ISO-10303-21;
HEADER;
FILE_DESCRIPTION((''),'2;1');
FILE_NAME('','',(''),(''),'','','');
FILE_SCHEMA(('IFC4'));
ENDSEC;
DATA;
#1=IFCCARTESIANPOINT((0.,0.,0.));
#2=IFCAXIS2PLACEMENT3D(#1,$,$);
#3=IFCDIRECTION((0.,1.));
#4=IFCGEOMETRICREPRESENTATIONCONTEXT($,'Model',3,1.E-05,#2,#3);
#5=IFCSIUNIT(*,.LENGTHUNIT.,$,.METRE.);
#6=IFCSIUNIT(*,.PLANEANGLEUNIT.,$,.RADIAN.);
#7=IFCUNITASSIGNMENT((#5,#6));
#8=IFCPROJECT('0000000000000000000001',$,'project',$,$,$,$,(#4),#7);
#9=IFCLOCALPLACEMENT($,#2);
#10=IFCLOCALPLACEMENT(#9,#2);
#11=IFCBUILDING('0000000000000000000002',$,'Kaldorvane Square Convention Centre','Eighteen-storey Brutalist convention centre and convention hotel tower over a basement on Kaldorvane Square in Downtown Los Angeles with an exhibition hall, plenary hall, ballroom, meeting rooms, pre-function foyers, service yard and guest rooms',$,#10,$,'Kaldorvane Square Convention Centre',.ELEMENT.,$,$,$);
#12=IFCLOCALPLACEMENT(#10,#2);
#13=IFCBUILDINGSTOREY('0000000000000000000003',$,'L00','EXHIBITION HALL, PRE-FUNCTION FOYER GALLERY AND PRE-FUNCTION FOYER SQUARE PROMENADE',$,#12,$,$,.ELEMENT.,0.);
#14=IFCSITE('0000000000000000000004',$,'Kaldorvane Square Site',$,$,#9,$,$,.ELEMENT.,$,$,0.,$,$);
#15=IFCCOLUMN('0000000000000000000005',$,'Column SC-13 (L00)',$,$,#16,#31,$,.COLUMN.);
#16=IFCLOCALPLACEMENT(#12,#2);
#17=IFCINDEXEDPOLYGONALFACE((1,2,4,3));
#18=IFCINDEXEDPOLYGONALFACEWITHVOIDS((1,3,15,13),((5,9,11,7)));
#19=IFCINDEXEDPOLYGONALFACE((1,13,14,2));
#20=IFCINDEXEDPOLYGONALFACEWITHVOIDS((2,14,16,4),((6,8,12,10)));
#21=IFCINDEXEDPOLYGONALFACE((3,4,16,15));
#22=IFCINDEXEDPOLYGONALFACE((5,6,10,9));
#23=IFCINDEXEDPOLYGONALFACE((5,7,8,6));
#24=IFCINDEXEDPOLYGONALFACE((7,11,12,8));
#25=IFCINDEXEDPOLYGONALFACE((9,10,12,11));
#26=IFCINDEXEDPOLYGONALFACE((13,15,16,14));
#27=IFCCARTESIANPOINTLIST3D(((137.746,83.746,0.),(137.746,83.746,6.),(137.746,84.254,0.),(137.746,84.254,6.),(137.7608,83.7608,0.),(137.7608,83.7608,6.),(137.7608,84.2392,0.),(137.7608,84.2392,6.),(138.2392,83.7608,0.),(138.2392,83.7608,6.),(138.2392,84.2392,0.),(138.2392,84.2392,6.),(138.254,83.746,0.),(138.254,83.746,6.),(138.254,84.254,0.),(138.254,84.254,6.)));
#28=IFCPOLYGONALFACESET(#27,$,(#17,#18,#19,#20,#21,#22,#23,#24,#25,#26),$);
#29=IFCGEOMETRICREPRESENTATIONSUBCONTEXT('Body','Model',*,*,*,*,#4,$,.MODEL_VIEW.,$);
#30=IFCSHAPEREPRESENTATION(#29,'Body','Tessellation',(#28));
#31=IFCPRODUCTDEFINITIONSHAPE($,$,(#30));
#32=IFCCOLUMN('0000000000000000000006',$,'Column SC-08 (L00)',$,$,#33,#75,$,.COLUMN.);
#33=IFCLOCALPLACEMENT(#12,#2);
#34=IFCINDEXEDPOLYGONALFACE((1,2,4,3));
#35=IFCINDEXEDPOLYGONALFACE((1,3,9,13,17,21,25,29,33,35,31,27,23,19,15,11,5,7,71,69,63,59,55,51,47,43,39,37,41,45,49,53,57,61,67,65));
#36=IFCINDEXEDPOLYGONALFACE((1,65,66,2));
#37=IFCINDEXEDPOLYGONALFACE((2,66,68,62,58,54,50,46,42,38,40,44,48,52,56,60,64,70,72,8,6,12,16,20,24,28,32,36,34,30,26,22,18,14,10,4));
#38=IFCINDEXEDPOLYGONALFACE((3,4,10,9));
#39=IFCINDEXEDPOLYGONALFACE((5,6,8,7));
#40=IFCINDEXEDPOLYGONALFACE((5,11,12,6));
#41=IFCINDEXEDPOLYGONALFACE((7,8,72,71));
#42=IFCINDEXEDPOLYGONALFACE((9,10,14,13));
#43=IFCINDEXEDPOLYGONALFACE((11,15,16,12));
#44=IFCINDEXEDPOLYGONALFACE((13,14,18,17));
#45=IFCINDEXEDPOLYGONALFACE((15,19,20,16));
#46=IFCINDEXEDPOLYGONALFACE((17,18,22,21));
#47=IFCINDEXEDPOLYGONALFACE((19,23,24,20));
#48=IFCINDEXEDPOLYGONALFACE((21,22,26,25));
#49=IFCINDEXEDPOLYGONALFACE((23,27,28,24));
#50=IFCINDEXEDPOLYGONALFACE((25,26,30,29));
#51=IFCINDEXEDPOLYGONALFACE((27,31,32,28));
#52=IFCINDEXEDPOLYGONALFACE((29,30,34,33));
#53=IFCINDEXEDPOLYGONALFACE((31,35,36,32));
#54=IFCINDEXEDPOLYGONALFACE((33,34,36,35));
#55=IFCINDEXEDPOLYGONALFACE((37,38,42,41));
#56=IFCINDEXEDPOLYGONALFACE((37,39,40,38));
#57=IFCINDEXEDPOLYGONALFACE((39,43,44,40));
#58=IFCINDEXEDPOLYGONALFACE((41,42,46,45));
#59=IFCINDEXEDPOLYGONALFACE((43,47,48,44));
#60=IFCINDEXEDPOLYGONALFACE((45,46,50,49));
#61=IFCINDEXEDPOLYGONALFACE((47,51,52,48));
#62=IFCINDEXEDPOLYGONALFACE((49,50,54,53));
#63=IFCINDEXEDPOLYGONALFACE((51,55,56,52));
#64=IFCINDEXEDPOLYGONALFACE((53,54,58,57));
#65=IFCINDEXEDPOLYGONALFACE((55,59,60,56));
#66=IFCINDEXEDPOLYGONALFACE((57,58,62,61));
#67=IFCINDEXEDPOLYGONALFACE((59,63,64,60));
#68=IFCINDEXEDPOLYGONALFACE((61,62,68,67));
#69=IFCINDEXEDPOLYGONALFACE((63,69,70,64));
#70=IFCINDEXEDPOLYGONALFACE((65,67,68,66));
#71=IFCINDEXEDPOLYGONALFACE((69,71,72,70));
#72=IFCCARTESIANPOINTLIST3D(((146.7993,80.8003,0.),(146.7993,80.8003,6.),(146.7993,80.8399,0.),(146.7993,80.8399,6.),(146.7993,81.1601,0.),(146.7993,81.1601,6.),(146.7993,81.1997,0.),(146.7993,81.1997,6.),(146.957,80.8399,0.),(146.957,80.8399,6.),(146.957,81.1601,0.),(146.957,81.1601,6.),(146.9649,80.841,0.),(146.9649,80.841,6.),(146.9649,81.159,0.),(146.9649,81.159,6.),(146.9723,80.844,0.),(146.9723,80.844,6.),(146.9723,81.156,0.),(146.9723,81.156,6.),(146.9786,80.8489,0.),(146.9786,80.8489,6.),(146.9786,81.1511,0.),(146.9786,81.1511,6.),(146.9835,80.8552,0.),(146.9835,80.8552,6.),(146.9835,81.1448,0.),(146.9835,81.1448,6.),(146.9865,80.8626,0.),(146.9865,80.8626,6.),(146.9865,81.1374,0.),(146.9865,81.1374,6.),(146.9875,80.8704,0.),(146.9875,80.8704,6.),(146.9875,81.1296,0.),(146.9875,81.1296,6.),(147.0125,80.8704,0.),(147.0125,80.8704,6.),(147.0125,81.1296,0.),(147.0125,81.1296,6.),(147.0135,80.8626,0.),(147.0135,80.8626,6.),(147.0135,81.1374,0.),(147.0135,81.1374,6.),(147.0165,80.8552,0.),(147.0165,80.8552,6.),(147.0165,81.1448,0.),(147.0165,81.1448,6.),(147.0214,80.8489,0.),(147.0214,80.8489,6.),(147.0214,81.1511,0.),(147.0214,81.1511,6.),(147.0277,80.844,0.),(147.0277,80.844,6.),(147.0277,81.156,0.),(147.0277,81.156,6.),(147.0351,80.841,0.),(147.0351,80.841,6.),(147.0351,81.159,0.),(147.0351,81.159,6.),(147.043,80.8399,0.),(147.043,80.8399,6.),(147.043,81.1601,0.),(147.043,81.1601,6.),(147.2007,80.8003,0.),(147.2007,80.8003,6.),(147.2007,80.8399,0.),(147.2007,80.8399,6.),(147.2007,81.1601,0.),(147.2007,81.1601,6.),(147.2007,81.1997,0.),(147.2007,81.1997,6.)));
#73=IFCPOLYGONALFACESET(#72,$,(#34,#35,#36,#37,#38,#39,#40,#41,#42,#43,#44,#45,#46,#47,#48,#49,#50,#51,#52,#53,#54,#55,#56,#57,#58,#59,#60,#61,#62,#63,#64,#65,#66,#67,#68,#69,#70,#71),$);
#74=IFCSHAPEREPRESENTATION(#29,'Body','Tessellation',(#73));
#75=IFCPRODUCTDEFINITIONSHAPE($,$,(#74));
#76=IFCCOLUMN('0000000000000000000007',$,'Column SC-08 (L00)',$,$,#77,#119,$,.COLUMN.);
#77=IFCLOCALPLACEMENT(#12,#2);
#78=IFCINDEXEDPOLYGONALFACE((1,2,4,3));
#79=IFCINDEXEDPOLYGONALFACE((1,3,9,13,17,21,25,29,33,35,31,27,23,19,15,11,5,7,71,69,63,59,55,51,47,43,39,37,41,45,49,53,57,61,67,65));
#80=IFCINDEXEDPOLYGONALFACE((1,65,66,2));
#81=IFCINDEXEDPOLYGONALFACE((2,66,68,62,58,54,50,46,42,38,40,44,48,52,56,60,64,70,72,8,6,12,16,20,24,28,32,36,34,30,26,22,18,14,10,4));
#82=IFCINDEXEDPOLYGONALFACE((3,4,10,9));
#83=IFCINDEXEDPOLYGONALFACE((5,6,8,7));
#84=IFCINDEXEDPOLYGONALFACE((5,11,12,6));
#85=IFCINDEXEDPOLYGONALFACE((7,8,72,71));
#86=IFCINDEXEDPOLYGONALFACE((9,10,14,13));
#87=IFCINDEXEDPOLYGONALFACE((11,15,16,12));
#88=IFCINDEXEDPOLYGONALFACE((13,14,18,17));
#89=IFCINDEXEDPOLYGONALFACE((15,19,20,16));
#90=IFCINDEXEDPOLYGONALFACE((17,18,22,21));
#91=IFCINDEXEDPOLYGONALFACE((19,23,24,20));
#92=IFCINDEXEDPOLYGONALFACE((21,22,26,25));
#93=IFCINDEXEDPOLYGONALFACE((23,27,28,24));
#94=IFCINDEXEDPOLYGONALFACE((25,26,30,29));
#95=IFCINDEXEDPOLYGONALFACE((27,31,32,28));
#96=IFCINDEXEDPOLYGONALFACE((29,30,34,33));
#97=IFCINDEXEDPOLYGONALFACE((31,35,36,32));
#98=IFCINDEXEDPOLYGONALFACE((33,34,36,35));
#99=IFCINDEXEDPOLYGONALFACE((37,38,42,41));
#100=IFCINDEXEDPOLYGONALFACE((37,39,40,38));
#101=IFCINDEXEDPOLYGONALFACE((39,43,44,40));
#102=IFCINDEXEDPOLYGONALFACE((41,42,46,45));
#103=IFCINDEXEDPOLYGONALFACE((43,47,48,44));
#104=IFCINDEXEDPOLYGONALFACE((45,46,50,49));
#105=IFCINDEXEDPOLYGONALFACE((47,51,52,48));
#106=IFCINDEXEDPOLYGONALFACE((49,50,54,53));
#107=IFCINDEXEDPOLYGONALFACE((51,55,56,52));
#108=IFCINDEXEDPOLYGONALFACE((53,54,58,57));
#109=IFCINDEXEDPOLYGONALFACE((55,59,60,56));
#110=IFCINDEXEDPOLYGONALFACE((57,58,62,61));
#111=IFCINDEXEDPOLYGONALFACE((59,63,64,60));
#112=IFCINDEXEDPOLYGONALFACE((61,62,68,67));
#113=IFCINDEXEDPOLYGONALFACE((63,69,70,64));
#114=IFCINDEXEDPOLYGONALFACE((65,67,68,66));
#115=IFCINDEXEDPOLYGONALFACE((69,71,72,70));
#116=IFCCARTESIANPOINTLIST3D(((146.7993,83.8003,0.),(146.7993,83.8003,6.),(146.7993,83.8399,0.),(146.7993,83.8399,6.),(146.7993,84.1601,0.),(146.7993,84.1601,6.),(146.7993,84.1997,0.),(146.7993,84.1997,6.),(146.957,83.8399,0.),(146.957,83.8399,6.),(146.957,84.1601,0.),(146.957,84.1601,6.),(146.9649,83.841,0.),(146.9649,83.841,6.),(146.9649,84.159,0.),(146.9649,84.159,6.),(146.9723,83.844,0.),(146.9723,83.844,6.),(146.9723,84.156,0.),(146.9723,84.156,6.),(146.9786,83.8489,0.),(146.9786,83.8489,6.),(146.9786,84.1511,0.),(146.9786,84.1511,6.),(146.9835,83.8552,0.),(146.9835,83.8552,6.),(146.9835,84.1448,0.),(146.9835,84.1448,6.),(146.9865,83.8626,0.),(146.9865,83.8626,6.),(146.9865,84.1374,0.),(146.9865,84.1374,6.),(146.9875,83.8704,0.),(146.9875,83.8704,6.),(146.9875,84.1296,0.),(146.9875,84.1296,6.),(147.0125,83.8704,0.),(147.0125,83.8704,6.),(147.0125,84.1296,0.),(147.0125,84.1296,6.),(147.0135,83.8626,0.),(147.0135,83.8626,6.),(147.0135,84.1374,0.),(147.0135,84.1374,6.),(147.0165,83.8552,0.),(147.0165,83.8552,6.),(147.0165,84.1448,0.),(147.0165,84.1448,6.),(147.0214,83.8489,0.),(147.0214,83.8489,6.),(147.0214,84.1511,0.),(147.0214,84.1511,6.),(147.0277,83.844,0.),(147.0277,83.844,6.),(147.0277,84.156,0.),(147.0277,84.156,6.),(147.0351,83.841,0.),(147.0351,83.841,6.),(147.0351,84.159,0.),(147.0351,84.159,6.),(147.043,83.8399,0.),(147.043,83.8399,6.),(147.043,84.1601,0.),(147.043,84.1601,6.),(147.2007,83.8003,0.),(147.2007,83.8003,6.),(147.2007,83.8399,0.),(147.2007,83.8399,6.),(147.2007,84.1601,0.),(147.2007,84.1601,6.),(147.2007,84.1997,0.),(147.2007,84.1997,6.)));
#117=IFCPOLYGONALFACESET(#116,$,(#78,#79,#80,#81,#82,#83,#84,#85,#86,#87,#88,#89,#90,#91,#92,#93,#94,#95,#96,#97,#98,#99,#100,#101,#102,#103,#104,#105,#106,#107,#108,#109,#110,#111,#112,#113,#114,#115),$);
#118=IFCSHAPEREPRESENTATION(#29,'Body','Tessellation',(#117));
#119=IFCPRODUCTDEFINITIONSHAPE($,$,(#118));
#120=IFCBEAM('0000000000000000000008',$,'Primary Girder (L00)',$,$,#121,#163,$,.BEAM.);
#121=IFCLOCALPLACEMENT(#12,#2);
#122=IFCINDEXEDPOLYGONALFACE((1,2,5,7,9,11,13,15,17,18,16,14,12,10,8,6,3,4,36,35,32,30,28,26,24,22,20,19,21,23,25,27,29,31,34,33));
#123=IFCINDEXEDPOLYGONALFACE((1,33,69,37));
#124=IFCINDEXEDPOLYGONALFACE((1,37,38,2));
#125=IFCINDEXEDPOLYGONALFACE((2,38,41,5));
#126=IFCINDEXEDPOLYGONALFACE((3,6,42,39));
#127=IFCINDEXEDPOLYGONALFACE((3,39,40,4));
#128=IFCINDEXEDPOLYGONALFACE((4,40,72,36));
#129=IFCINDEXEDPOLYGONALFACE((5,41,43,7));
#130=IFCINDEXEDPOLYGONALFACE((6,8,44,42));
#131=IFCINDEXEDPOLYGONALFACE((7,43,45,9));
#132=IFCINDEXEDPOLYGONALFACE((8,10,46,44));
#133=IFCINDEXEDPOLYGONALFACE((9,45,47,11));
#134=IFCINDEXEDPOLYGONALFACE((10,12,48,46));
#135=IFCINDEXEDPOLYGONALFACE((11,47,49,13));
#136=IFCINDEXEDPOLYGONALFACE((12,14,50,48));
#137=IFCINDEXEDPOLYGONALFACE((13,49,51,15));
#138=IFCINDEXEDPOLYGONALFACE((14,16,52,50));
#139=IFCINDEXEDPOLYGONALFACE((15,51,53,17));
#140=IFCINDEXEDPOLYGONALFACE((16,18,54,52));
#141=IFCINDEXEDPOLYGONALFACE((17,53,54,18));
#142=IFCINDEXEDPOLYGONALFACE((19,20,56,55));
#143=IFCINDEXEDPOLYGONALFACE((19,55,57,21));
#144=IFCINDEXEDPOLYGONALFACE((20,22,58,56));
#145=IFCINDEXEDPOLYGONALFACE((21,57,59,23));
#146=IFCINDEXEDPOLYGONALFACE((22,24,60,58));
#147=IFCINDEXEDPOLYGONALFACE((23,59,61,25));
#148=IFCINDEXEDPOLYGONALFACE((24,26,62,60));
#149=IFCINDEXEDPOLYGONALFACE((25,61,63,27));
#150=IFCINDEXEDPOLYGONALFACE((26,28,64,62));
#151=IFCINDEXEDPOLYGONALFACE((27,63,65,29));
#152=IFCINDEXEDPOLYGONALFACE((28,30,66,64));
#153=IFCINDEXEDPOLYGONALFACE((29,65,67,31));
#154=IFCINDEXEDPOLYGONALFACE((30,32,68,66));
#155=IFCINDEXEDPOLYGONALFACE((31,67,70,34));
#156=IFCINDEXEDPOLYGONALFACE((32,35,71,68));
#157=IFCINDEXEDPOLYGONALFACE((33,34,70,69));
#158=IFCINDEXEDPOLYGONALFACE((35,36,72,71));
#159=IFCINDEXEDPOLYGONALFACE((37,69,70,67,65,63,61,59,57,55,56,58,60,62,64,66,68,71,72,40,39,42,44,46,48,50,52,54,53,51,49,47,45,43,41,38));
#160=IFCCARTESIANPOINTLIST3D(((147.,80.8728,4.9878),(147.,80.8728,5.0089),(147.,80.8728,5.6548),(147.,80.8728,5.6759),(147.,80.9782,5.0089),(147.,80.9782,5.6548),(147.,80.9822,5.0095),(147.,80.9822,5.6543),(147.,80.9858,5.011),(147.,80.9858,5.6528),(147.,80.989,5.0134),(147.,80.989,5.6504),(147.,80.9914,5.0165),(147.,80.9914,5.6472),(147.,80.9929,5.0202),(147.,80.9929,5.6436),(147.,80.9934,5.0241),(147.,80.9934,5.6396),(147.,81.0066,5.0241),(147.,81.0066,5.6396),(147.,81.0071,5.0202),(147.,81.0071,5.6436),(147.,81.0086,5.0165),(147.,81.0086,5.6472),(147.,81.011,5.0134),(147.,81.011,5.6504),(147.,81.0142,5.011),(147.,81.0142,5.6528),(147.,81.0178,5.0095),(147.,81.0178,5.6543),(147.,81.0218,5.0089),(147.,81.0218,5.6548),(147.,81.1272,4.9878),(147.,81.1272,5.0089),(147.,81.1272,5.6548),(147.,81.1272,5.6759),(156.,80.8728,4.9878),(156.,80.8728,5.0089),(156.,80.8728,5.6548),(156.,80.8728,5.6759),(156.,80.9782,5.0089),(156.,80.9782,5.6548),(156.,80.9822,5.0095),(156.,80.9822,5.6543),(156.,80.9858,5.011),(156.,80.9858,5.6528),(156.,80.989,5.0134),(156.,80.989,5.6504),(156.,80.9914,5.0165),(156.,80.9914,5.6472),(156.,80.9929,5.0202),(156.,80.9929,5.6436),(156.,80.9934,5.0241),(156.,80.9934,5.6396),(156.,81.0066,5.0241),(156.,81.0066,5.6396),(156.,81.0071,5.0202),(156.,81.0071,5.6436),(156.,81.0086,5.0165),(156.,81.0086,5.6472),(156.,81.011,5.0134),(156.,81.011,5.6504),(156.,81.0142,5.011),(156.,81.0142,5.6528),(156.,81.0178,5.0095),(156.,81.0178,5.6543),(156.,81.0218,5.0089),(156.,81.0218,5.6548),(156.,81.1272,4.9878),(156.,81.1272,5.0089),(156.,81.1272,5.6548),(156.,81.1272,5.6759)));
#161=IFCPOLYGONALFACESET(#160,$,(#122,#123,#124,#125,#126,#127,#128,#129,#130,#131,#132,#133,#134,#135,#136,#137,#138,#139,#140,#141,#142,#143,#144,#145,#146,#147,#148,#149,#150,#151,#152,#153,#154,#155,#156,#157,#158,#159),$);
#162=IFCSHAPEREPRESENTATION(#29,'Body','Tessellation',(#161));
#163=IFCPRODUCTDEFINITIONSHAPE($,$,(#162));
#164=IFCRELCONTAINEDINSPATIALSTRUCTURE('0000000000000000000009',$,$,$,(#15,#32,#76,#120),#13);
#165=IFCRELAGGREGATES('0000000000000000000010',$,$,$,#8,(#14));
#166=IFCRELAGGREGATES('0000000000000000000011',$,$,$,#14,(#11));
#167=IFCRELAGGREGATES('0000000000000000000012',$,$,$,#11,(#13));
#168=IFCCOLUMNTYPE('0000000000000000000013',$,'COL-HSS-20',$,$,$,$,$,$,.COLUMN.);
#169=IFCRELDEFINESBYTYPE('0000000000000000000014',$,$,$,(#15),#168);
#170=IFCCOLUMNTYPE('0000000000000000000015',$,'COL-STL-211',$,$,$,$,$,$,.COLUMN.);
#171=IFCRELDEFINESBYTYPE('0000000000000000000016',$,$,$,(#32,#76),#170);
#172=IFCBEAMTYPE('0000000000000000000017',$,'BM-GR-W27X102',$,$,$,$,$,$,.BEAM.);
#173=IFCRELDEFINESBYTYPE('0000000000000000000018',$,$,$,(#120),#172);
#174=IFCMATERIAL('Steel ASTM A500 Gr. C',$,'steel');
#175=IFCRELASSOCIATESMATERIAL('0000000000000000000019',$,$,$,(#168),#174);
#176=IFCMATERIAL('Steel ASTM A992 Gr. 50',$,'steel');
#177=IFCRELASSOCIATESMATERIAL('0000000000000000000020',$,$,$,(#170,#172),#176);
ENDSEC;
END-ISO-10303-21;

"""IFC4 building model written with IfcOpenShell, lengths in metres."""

from ifc_helpers import new_model, si_unit, direction, frame, origin, origin_2d, place, context, subcontext, project, spatial, hollow_rectangle, i_section, extrude, material, material_profile, profile_set, type_object, element, save


model = new_model("IFC4")

# Units and contexts
model_context = context("Model", 3, precision=1e-05, world=origin(), true_north=direction((0.0, 1.0)))
body_context = subcontext(model_context, "Body", "Model", "MODEL_VIEW")
ifc_project = project(units=[si_unit("LENGTHUNIT", "METRE"), si_unit("PLANEANGLEUNIT", "RADIAN")], contexts=[model_context])

# Site, building, storey
site_placement = place(None, origin())
site = spatial("IfcSite", under=ifc_project, at=site_placement, Name="Kaldorvane Square Site", CompositionType="ELEMENT", RefElevation=0.0)
building_placement = place(site_placement, origin())
building = spatial("IfcBuilding", under=site, at=building_placement, Name="Kaldorvane Square Convention Centre", Description="Eighteen-storey Brutalist convention centre and convention hotel tower over a basement on Kaldorvane Square in Downtown Los Angeles with an exhibition hall, plenary hall, ballroom, meeting rooms, pre-function foyers, service yard and guest rooms", LongName="Kaldorvane Square Convention Centre", CompositionType="ELEMENT")
storey_placement = place(building_placement, origin())
storey = spatial("IfcBuildingStorey", under=building, at=storey_placement, Name="L00", Description="EXHIBITION HALL, PRE-FUNCTION FOYER GALLERY AND PRE-FUNCTION FOYER SQUARE PROMENADE", CompositionType="ELEMENT", Elevation=0.0)

# Columns
ifc_material_1 = material(Name="Steel ASTM A500 Gr. C", Category="steel")
ifc_material_profile_1 = material_profile(ifc_material_1, hollow_rectangle(XDim=0.508, YDim=0.508, WallThickness=0.0148, at=origin_2d()), Name="HSS20X20X5/8")
ifc_profile_set_1 = profile_set([ifc_material_profile_1], Name="Steel ASTM A500 Gr. C")
column_type_1 = type_object("IfcColumnType", Name="COL-HSS-20", PredefinedType="COLUMN", material=ifc_profile_set_1)
column_placement = place(storey_placement, frame((138.0, 84.0, 0.0), z_axis=(0.0, 0.0, 1.0), x_axis=(1.0, 0.0, 0.0)))
element("IfcColumn", 1, at=column_placement, inside=storey, type_object=column_type_1, Name="Column SC-13 (L00)", PredefinedType="COLUMN", context=body_context, shape_type="SweptSolid", body=[
    extrude(hollow_rectangle(XDim=0.508, YDim=0.508, WallThickness=0.0148, at=origin_2d()), origin(), (0.0, 0.0, 1.0), 6.0),
])
ifc_material_2 = material(Name="Steel ASTM A992 Gr. 50", Category="steel")
ifc_material_profile_2 = material_profile(ifc_material_2, i_section(OverallWidth=0.4013, OverallDepth=0.3993, WebThickness=0.0249, FlangeThickness=0.0396, FilletRadius=0.0305, at=origin_2d()), Name="W14X211")
ifc_profile_set_2 = profile_set([ifc_material_profile_2], Name="Steel ASTM A992 Gr. 50")
column_type_2 = type_object("IfcColumnType", Name="COL-STL-211", PredefinedType="COLUMN", material=ifc_profile_set_2)
for number, where, z_axis, x_axis, name in (
    (2, (147.0, 81.0, 0.0), (0.0, 0.0, 1.0), (1.0, 0.0, 0.0), "Column SC-08 (L00)"),
    (3, (147.0, 84.0, 0.0), (0.0, 0.0, 1.0), (1.0, 0.0, 0.0), "Column SC-08 (L00)"),
):
    element("IfcColumn", number, at=place(storey_placement, frame(where, z_axis=z_axis, x_axis=x_axis)), inside=storey, type_object=column_type_2, Name=name, PredefinedType="COLUMN", context=body_context, shape_type="SweptSolid", body=[
        extrude(i_section(OverallWidth=0.4013, OverallDepth=0.3993, WebThickness=0.0249, FlangeThickness=0.0396, FilletRadius=0.0305, at=origin_2d()), origin(), (0.0, 0.0, 1.0), 6.0),
    ])

# Beam
ifc_material_profile_3 = material_profile(ifc_material_2, i_section(OverallWidth=0.2544, OverallDepth=0.6881, WebThickness=0.0131, FlangeThickness=0.0211, FilletRadius=0.0152, at=origin_2d()), Name="W27X102")
ifc_profile_set_3 = profile_set([ifc_material_profile_3], Name="Steel ASTM A992 Gr. 50")
beam_type_1 = type_object("IfcBeamType", Name="BM-GR-W27X102", PredefinedType="BEAM", material=ifc_profile_set_3)
for number, where, z_axis, x_axis, name in (
    (4, (147.0, 81.0, 5.3319), (1.0, 0.0, 0.0), (0.0, 1.0, 0.0), "Primary Girder (L00)"),
):
    element("IfcBeam", number, at=place(storey_placement, frame(where, z_axis=z_axis, x_axis=x_axis)), inside=storey, type_object=beam_type_1, Name=name, PredefinedType="BEAM", context=body_context, shape_type="SweptSolid", body=[
        extrude(i_section(OverallWidth=0.2544, OverallDepth=0.6881, WebThickness=0.0131, FlangeThickness=0.0211, FilletRadius=0.0152, at=origin_2d()), origin(), (0.0, 0.0, 1.0), 9.0),
    ])

save(model, "model.ifc")
